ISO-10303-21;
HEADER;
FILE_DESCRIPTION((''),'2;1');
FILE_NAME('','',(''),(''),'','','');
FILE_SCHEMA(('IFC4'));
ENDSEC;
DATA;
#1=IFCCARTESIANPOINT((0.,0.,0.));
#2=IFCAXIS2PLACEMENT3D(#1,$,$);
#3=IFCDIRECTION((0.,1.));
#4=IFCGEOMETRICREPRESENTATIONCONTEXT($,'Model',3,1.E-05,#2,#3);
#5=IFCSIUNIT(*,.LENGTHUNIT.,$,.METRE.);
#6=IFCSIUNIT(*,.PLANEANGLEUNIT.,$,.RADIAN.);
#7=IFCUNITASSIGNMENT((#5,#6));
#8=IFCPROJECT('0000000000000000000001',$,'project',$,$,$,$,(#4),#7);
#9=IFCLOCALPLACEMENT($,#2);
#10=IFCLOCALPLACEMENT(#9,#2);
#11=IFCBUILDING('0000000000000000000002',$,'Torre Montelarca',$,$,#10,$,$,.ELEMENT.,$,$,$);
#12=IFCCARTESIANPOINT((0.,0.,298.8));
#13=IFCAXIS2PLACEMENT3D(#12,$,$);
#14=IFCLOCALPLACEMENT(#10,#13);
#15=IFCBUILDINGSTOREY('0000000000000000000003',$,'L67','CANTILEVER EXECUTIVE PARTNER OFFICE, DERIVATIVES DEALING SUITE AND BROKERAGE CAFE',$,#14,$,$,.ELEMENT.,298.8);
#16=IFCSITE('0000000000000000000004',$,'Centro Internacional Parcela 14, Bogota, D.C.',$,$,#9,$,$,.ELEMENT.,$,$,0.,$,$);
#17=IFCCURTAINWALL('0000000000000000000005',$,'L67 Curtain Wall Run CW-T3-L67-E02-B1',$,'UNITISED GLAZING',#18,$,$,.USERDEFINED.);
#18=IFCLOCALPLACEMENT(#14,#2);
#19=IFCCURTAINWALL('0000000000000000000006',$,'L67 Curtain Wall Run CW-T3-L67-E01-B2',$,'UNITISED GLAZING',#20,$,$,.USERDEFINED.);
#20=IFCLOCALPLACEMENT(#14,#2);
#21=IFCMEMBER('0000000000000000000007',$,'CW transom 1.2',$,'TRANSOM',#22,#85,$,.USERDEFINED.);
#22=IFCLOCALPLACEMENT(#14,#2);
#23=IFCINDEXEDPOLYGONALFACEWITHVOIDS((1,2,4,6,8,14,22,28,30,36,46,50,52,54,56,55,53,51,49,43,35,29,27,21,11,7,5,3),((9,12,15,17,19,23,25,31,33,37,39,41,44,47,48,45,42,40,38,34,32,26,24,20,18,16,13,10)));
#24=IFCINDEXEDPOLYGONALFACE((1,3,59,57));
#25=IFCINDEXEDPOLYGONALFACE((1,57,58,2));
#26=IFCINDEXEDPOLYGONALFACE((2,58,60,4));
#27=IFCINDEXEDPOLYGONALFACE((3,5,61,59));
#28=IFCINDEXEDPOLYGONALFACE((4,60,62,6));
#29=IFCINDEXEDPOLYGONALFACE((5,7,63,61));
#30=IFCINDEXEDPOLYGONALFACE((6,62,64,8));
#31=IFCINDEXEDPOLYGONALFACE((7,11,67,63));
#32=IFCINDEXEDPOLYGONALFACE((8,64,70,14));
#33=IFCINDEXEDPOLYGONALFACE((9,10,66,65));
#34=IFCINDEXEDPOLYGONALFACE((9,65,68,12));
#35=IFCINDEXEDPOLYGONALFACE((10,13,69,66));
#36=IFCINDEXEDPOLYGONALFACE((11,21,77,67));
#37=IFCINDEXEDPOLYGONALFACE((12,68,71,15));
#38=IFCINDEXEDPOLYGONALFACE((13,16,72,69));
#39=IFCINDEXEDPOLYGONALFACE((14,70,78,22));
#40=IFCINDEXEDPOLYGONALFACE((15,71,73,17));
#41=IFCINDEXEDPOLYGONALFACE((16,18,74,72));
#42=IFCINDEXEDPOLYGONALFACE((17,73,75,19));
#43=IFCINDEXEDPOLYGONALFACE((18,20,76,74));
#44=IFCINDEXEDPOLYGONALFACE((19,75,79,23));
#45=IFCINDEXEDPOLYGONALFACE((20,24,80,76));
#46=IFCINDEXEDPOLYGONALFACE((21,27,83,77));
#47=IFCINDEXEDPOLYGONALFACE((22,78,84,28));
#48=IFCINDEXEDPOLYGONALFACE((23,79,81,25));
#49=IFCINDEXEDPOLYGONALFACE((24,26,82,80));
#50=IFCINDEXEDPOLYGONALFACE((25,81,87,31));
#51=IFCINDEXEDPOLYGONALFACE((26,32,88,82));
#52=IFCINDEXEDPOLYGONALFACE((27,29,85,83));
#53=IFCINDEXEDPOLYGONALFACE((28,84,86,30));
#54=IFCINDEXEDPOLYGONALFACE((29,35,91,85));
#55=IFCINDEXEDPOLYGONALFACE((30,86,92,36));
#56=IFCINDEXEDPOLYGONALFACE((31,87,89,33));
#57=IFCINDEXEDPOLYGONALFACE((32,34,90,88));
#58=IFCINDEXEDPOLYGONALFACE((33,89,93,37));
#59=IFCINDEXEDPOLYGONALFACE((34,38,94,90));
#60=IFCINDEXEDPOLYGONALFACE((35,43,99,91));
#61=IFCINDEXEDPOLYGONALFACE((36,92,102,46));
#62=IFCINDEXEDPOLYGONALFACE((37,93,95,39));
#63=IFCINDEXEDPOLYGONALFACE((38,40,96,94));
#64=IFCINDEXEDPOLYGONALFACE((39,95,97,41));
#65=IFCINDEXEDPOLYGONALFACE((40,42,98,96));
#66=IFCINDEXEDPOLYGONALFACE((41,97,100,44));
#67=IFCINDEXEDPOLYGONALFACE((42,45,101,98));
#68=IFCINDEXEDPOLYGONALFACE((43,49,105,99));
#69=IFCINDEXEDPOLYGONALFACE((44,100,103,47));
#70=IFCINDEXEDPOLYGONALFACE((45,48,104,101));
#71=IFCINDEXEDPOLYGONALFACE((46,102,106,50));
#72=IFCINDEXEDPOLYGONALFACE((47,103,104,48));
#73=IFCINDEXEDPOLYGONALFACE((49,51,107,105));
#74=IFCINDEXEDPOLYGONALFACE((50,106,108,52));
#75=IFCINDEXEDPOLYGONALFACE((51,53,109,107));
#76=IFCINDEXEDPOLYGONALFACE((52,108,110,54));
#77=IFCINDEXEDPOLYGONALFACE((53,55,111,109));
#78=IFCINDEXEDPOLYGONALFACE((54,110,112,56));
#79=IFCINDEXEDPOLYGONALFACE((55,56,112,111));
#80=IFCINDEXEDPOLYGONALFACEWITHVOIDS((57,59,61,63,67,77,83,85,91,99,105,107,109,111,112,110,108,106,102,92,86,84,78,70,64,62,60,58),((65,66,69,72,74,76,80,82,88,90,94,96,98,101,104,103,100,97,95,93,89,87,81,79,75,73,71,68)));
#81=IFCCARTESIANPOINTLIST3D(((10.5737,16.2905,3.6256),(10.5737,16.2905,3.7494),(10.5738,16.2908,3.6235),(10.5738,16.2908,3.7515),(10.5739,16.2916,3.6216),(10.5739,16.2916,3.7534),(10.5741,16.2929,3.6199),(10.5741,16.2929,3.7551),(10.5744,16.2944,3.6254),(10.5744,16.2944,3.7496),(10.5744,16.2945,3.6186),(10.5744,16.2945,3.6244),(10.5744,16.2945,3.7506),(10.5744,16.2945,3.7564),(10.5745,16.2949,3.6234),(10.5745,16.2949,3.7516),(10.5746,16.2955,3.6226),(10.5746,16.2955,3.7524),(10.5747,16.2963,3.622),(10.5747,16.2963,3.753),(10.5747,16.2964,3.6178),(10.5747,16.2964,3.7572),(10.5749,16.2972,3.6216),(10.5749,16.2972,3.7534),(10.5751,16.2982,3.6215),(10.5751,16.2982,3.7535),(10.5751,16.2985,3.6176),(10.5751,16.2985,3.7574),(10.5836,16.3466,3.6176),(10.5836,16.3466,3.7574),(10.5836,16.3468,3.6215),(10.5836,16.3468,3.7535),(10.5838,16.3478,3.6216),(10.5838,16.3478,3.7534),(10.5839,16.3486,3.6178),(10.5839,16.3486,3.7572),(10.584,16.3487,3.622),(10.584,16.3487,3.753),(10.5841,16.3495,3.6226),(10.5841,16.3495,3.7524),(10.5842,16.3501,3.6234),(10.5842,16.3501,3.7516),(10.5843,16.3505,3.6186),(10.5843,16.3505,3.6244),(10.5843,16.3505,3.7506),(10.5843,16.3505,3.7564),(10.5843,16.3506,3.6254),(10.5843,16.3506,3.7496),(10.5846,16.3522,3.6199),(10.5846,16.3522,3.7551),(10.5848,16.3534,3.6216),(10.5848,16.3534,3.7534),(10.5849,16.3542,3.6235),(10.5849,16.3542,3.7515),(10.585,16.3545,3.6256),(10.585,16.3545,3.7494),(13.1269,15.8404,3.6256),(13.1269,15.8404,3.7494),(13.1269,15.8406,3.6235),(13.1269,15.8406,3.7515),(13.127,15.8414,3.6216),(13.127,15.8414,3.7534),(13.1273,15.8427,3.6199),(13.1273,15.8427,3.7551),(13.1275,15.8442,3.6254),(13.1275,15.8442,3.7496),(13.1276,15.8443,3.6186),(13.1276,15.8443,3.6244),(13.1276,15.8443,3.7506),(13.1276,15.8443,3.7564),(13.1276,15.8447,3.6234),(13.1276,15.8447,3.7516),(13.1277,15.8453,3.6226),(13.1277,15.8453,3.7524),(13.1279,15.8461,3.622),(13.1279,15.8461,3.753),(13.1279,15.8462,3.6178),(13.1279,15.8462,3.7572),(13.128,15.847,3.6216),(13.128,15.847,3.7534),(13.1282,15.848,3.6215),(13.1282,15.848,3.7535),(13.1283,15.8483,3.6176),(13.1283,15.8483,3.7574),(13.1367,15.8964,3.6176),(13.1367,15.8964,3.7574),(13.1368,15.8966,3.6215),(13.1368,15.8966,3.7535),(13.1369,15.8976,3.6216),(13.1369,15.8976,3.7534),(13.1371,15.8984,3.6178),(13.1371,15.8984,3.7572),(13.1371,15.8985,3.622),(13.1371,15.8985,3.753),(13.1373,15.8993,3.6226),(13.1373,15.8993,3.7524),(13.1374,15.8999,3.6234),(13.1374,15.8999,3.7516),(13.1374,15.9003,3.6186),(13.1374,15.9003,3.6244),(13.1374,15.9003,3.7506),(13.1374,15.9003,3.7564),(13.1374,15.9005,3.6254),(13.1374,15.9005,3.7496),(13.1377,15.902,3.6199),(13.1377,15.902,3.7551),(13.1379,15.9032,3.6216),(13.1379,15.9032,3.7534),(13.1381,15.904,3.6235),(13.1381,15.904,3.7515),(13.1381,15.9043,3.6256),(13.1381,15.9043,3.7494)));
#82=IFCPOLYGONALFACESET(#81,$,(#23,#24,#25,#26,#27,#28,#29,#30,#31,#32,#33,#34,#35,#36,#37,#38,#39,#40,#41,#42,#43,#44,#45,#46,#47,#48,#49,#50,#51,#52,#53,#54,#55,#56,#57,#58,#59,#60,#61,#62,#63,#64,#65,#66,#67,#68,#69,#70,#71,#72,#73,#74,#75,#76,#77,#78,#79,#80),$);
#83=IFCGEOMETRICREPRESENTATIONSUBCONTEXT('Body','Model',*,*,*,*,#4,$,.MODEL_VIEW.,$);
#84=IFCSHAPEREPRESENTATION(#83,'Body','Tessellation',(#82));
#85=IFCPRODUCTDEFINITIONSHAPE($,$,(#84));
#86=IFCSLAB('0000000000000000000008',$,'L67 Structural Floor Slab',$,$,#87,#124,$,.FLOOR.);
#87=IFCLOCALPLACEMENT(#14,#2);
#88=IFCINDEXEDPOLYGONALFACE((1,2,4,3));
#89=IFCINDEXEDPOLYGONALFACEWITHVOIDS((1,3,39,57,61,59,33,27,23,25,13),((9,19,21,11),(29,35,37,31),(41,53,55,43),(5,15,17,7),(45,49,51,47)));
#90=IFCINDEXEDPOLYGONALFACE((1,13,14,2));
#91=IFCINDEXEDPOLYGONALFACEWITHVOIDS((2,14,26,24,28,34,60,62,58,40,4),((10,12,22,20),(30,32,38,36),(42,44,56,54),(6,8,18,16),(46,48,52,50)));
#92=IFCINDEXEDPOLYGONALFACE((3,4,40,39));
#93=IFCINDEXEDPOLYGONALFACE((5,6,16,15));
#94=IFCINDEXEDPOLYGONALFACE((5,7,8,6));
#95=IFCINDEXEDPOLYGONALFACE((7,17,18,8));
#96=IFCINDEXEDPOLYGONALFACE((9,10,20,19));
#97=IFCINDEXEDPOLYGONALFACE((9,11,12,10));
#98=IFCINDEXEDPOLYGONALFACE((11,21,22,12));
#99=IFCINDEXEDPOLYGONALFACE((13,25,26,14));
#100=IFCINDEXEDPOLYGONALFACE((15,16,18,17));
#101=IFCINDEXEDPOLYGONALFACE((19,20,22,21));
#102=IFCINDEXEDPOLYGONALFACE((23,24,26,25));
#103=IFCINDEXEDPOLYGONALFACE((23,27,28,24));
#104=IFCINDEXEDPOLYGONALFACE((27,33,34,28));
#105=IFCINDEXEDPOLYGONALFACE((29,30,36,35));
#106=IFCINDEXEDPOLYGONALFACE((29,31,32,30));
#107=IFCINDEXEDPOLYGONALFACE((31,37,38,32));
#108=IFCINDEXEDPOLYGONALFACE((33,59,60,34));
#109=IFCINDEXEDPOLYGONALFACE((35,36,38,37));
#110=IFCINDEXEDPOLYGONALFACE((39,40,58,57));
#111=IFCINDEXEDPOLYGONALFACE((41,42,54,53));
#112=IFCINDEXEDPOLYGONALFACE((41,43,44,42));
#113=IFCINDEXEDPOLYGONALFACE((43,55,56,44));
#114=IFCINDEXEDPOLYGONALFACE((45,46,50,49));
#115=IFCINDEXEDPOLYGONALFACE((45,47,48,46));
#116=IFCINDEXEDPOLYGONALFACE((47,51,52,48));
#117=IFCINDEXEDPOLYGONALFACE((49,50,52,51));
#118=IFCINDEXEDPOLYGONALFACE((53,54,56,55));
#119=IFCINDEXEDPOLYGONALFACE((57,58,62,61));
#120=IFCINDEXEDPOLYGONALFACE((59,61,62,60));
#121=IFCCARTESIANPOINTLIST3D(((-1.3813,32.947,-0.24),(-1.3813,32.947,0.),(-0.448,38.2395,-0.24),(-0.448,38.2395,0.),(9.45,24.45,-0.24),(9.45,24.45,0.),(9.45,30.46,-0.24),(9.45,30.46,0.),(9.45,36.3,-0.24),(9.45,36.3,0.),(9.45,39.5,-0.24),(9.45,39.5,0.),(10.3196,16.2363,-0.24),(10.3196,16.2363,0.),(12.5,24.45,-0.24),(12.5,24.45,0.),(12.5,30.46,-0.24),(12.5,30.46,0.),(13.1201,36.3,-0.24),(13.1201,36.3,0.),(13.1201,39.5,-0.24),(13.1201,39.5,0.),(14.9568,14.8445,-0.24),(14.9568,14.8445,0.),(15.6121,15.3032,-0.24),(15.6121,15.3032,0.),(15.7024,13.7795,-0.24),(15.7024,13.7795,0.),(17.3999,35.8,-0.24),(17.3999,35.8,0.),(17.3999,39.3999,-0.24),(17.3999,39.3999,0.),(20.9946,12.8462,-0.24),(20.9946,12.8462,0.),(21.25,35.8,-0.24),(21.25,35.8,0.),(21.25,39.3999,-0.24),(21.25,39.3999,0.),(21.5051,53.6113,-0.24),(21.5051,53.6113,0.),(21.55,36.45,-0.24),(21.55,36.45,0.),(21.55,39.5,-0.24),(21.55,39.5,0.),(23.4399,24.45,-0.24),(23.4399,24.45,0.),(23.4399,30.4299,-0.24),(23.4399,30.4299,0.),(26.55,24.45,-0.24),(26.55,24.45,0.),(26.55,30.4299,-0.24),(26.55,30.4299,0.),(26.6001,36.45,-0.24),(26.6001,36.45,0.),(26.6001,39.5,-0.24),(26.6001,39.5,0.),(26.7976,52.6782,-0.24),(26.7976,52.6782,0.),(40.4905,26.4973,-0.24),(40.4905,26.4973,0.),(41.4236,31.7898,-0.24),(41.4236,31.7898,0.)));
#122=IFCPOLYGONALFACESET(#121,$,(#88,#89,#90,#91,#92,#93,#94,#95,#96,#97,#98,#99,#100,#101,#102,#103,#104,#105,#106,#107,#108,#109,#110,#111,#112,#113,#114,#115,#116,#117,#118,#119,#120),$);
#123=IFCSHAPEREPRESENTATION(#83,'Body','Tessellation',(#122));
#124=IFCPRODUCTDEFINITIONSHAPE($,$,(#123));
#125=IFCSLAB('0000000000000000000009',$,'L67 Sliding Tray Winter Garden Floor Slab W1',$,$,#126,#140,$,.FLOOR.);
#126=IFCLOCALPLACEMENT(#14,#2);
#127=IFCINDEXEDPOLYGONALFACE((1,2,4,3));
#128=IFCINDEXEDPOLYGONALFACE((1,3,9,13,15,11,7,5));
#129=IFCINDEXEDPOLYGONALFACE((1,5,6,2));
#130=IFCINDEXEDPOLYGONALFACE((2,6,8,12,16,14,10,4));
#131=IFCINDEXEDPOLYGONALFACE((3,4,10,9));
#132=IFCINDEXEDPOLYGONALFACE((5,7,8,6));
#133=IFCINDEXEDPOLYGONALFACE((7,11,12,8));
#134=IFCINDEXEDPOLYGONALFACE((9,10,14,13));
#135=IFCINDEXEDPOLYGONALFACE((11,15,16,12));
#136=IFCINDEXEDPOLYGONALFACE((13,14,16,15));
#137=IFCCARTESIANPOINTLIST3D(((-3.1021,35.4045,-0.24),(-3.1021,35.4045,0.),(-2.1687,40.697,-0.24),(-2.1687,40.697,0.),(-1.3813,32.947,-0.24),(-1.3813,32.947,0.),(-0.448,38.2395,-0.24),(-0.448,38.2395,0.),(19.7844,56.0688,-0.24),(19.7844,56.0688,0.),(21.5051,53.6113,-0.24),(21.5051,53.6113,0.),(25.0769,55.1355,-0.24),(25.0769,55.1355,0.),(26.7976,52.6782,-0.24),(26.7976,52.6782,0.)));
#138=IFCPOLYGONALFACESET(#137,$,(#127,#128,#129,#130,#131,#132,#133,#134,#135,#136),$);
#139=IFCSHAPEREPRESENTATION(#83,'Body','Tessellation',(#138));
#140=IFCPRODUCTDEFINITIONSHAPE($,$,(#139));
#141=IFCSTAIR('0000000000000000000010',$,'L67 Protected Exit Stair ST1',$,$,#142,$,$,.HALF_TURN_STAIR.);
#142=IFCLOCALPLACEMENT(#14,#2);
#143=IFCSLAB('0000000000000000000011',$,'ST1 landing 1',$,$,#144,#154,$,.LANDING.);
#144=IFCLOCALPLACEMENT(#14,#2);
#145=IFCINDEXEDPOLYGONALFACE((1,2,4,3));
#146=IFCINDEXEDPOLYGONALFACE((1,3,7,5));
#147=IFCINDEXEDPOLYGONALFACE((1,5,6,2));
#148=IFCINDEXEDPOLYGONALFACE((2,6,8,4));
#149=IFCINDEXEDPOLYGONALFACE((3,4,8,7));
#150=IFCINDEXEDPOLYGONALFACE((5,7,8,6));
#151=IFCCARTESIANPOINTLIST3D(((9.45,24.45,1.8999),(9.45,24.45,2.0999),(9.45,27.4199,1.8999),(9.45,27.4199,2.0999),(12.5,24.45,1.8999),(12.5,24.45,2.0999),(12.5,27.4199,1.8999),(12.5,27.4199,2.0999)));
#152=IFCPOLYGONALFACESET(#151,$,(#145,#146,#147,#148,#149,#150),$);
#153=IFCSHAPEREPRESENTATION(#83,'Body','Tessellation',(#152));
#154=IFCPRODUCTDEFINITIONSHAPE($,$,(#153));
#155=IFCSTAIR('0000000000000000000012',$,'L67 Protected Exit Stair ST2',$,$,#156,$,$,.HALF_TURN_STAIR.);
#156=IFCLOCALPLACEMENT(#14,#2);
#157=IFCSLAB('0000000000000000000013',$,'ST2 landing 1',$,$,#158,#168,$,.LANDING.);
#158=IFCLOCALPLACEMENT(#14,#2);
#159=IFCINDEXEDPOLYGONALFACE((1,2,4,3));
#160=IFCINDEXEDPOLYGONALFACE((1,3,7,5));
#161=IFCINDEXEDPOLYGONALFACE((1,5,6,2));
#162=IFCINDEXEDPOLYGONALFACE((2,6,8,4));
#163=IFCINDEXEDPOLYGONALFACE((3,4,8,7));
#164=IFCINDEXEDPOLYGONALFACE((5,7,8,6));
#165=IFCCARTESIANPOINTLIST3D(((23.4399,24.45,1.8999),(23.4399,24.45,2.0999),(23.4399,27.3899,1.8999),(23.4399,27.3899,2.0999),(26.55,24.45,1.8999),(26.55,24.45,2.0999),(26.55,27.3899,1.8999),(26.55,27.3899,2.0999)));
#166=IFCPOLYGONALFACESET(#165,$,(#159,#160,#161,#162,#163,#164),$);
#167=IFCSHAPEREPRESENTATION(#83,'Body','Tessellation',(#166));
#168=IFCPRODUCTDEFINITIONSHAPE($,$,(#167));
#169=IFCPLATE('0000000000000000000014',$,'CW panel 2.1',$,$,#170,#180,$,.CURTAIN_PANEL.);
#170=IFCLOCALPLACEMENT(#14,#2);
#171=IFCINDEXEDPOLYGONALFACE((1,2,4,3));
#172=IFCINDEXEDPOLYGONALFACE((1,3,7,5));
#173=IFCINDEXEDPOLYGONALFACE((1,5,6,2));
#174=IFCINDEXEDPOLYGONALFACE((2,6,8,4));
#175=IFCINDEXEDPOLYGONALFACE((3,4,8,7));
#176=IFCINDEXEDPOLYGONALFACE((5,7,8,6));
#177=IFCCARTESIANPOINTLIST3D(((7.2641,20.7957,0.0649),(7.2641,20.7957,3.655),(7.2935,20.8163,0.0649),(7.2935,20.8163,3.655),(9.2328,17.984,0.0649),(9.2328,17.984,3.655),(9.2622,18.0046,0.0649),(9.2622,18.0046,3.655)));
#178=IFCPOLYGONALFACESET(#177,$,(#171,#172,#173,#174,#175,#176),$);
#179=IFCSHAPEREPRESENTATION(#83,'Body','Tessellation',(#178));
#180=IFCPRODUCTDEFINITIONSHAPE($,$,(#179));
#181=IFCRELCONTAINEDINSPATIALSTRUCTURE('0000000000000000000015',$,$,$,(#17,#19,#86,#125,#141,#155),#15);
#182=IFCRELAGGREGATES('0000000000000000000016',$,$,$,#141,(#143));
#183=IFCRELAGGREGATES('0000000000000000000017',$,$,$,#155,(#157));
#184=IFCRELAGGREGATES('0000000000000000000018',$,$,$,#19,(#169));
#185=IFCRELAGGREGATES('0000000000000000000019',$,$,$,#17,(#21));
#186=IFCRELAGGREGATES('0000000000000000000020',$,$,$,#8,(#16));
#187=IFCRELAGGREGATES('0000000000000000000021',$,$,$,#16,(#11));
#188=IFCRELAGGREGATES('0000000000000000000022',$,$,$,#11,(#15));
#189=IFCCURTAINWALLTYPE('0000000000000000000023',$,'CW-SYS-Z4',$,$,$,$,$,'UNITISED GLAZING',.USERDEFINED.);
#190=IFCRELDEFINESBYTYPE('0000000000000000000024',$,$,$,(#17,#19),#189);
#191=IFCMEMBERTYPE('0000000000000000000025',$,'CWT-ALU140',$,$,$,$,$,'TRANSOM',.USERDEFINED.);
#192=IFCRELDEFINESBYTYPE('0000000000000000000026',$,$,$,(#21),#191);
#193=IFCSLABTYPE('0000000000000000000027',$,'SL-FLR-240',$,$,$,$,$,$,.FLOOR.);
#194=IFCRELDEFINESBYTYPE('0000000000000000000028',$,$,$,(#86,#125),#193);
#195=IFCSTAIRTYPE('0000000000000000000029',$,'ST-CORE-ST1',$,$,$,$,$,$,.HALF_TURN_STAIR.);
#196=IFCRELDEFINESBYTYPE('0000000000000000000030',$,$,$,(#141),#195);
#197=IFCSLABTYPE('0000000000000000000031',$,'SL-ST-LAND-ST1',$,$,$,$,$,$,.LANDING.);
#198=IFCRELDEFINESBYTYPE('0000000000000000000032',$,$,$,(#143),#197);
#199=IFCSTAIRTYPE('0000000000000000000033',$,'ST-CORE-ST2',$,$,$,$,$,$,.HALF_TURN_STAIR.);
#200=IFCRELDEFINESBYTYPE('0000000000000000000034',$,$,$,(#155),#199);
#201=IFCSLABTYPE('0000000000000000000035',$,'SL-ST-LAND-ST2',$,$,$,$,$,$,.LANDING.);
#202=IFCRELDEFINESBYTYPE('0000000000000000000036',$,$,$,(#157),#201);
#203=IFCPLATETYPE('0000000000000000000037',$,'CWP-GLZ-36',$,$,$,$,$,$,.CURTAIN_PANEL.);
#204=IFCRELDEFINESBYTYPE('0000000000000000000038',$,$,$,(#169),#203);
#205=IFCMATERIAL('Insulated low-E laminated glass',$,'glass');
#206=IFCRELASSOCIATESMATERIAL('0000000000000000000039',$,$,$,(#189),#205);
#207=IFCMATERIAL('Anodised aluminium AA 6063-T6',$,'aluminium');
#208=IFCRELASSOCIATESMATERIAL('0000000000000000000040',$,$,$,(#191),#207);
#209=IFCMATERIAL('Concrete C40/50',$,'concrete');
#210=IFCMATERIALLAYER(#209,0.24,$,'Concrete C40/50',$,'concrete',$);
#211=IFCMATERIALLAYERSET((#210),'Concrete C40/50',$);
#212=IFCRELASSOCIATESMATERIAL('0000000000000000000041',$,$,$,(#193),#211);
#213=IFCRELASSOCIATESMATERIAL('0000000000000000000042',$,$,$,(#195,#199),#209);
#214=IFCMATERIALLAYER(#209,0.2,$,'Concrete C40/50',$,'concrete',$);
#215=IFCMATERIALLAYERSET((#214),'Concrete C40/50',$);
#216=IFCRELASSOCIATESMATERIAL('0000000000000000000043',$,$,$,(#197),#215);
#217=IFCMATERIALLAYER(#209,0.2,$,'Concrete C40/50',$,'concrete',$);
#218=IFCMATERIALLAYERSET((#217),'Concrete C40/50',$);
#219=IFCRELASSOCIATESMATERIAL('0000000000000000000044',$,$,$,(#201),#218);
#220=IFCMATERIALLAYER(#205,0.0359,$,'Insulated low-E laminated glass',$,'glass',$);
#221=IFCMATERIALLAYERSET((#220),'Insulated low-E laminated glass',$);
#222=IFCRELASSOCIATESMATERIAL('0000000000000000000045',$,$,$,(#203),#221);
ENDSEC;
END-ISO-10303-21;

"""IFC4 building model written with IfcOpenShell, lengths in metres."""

from ifc_helpers import new_model, si_unit, direction, frame, origin, origin_2d, place, context, subcontext, project, spatial, polyline, rectangle, hollow_rectangle, outline, extrude, source, transform, mapped, material, layer, layer_set, material_profile, profile_set, type_object, element, aggregate, save


model = new_model("IFC4")

# Units and contexts
model_context = context("Model", 3, precision=1e-05, world=origin(), true_north=direction((0.0, 1.0)))
body_context = subcontext(model_context, "Body", "Model", "MODEL_VIEW")
ifc_project = project(units=[si_unit("LENGTHUNIT", "METRE"), si_unit("PLANEANGLEUNIT", "RADIAN")], contexts=[model_context])

# Site, building, storey
site_placement = place(None, origin())
site = spatial("IfcSite", under=ifc_project, at=site_placement, Name="Centro Internacional Parcela 14, Bogota, D.C.", CompositionType="ELEMENT", RefElevation=0.0)
building_placement = place(site_placement, origin())
building = spatial("IfcBuilding", under=site, at=building_placement, Name="Torre Montelarca", CompositionType="ELEMENT")
storey_placement = place(building_placement, frame((0.0, 0.0, 298.8)))
storey = spatial("IfcBuildingStorey", under=building, at=storey_placement, Name="L67", Description="CANTILEVER EXECUTIVE PARTNER OFFICE, DERIVATIVES DEALING SUITE AND BROKERAGE CAFE", CompositionType="ELEMENT", Elevation=298.8)

# Curtain walls
ifc_material_1 = material(Name="Insulated low-E laminated glass", Category="glass")
curtain_wall_type = type_object("IfcCurtainWallType", Name="CW-SYS-Z4", ElementType="UNITISED GLAZING", PredefinedType="USERDEFINED", material=ifc_material_1)
curtain_wall_1_placement = place(storey_placement, origin())
curtain_wall_1 = element("IfcCurtainWall", 1, at=curtain_wall_1_placement, inside=storey, type_object=curtain_wall_type, Name="L67 Curtain Wall Run CW-T3-L67-E02-B1", ObjectType="UNITISED GLAZING", PredefinedType="USERDEFINED")
ifc_material_2 = material(Name="Anodised aluminium AA 6063-T6", Category="aluminium")
ifc_material_profile_1 = material_profile(ifc_material_2, hollow_rectangle(XDim=0.0649, YDim=0.1399, WallThickness=0.0039, InnerFilletRadius=0.0039, OuterFilletRadius=0.0081, at=origin_2d()), Name="ALU65X140X4", Category="aluminium")
ifc_profile_set_1 = profile_set([ifc_material_profile_1], Name="Anodised aluminium AA 6063-T6")
member_type_1 = type_object("IfcMemberType", Name="CWT-ALU140", ElementType="TRANSOM", PredefinedType="USERDEFINED", material=ifc_profile_set_1)
curtain_wall_2_placement = place(storey_placement, origin())
curtain_wall_2 = element("IfcCurtainWall", 2, at=curtain_wall_2_placement, inside=storey, type_object=curtain_wall_type, Name="L67 Curtain Wall Run CW-T3-L67-E01-B2", ObjectType="UNITISED GLAZING", PredefinedType="USERDEFINED")

# Member
shared_shape_1 = source(origin(), body_context, "Body", "SweptSolid", [
    extrude(hollow_rectangle(XDim=0.0649, YDim=0.1399, WallThickness=0.0039, InnerFilletRadius=0.0039, OuterFilletRadius=0.0081, at=origin_2d()), origin(), (0.0, 0.0, 1.0), 2.5925),
])
member_1_placement = place(storey_placement, frame((10.5793, 16.3225, 3.6875), z_axis=(0.984808, -0.173646, 0.0), x_axis=(0.173646, 0.984808, 0.0)))
member_1 = element("IfcMember", 3, at=member_1_placement, type_object=member_type_1, Name="CW transom 1.2", ObjectType="TRANSOM", PredefinedType="USERDEFINED", context=body_context, shape_type="MappedRepresentation", body=[
    mapped(shared_shape_1, transform((0.0, 0.0, 0.0), scale=1.0)),
])

# Slabs
ifc_material_3 = material(Name="Concrete C40/50", Category="concrete")
ifc_layer_1 = layer(ifc_material_3, 0.24, Name="Concrete C40/50", Category="concrete")
ifc_layer_set_1 = layer_set([ifc_layer_1], Name="Concrete C40/50")
slab_type_1 = type_object("IfcSlabType", Name="SL-FLR-240", PredefinedType="FLOOR", material=ifc_layer_set_1)
slab_1_placement = place(storey_placement, frame((0.0, 0.0, -0.24)))
element("IfcSlab", 4, at=slab_1_placement, inside=storey, type_object=slab_type_1, Name="L67 Structural Floor Slab", PredefinedType="FLOOR", context=body_context, shape_type="SweptSolid", body=[
    extrude(outline(polyline([(10.3196, 16.2363), (15.6121, 15.3032), (14.9568, 14.8445), (15.7024, 13.7795), (20.9946, 12.8462), (40.4905, 26.4973), (41.4236, 31.7898), (26.7976, 52.6782), (21.5051, 53.6113), (-0.448, 38.2395), (-1.3813, 32.947), (10.3196, 16.2363)]), holes=[polyline([(26.55, 24.45), (23.4399, 24.45), (23.4399, 30.4299), (26.55, 30.4299), (26.55, 24.45)]), polyline([(12.5, 24.45), (9.45, 24.45), (9.45, 30.46), (12.5, 30.46), (12.5, 24.45)]), polyline([(21.25, 39.3999), (21.25, 35.8), (17.3999, 35.8), (17.3999, 39.3999), (21.25, 39.3999)]), polyline([(13.1201, 36.3), (9.45, 36.3), (9.45, 39.5), (13.1201, 39.5), (13.1201, 36.3)]), polyline([(26.6001, 36.45), (21.55, 36.45), (21.55, 39.5), (26.6001, 39.5), (26.6001, 36.45)])]), origin(), (0.0, 0.0, 1.0), 0.24),
])
slab_2_placement = place(storey_placement, frame((0.0, 0.0, -0.24)))
element("IfcSlab", 5, at=slab_2_placement, inside=storey, type_object=slab_type_1, Name="L67 Sliding Tray Winter Garden Floor Slab W1", PredefinedType="FLOOR", context=body_context, shape_type="SweptSolid", body=[
    extrude(outline(polyline([(-1.3813, 32.947), (-0.448, 38.2395), (21.5051, 53.6113), (26.7976, 52.6782), (25.0769, 55.1355), (19.7844, 56.0688), (-2.1687, 40.697), (-3.1021, 35.4045), (-1.3813, 32.947)])), origin(), (0.0, 0.0, 1.0), 0.24),
])

# Stairs, slabs
stair_type_1 = type_object("IfcStairType", Name="ST-CORE-ST1", PredefinedType="HALF_TURN_STAIR", material=ifc_material_3)
stair_1_placement = place(storey_placement, origin())
stair_1 = element("IfcStair", 6, at=stair_1_placement, inside=storey, type_object=stair_type_1, Name="L67 Protected Exit Stair ST1", PredefinedType="HALF_TURN_STAIR")
ifc_layer_2 = layer(ifc_material_3, 0.2, Name="Concrete C40/50", Category="concrete")
ifc_layer_set_2 = layer_set([ifc_layer_2], Name="Concrete C40/50")
slab_type_2 = type_object("IfcSlabType", Name="SL-ST-LAND-ST1", PredefinedType="LANDING", material=ifc_layer_set_2)
slab_3_placement = place(storey_placement, frame((0.0, 0.0, 1.8999)))
slab_3 = element("IfcSlab", 7, at=slab_3_placement, type_object=slab_type_2, Name="ST1 landing 1", PredefinedType="LANDING", context=body_context, shape_type="SweptSolid", body=[
    extrude(outline(polyline([(9.45, 27.4199), (9.45, 24.45), (12.5, 24.45), (12.5, 27.4199), (9.45, 27.4199)])), origin(), (0.0, 0.0, 1.0), 0.2),
])
aggregate(stair_1, [slab_3])
stair_type_2 = type_object("IfcStairType", Name="ST-CORE-ST2", PredefinedType="HALF_TURN_STAIR", material=ifc_material_3)
stair_2_placement = place(storey_placement, origin())
stair_2 = element("IfcStair", 8, at=stair_2_placement, inside=storey, type_object=stair_type_2, Name="L67 Protected Exit Stair ST2", PredefinedType="HALF_TURN_STAIR")
ifc_layer_3 = layer(ifc_material_3, 0.2, Name="Concrete C40/50", Category="concrete")
ifc_layer_set_3 = layer_set([ifc_layer_3], Name="Concrete C40/50")
slab_type_3 = type_object("IfcSlabType", Name="SL-ST-LAND-ST2", PredefinedType="LANDING", material=ifc_layer_set_3)
slab_4_placement = place(storey_placement, frame((0.0, 0.0, 1.8999)))
slab_4 = element("IfcSlab", 9, at=slab_4_placement, type_object=slab_type_3, Name="ST2 landing 1", PredefinedType="LANDING", context=body_context, shape_type="SweptSolid", body=[
    extrude(outline(polyline([(23.4399, 27.3899), (23.4399, 24.45), (26.55, 24.45), (26.55, 27.3899), (23.4399, 27.3899)])), origin(), (0.0, 0.0, 1.0), 0.2),
])
aggregate(stair_2, [slab_4])

# Plate
ifc_layer_4 = layer(ifc_material_1, 0.0359, Name="Insulated low-E laminated glass", Category="glass")
ifc_layer_set_4 = layer_set([ifc_layer_4], Name="Insulated low-E laminated glass")
plate_type = type_object("IfcPlateType", Name="CWP-GLZ-36", PredefinedType="CURTAIN_PANEL", material=ifc_layer_set_4)
shared_shape_2 = source(origin(), body_context, "Body", "SweptSolid", [
    extrude(rectangle(XDim=3.4324, YDim=0.0359, at=origin_2d()), origin(), (0.0, 0.0, 1.0), 3.5901),
])
plate_1_placement = place(storey_placement, frame((8.2632, 19.4001, 0.0649), z_axis=(0.0, 0.0, 1.0), x_axis=(0.57357, -0.819156, 0.0)))
plate_1 = element("IfcPlate", 10, at=plate_1_placement, type_object=plate_type, Name="CW panel 2.1", PredefinedType="CURTAIN_PANEL", context=body_context, shape_type="MappedRepresentation", body=[
    mapped(shared_shape_2, transform((0.0, 0.0, 0.0), scale=1.0)),
])
aggregate(curtain_wall_2, [plate_1])
aggregate(curtain_wall_1, [member_1])

save(model, "model.ifc")
